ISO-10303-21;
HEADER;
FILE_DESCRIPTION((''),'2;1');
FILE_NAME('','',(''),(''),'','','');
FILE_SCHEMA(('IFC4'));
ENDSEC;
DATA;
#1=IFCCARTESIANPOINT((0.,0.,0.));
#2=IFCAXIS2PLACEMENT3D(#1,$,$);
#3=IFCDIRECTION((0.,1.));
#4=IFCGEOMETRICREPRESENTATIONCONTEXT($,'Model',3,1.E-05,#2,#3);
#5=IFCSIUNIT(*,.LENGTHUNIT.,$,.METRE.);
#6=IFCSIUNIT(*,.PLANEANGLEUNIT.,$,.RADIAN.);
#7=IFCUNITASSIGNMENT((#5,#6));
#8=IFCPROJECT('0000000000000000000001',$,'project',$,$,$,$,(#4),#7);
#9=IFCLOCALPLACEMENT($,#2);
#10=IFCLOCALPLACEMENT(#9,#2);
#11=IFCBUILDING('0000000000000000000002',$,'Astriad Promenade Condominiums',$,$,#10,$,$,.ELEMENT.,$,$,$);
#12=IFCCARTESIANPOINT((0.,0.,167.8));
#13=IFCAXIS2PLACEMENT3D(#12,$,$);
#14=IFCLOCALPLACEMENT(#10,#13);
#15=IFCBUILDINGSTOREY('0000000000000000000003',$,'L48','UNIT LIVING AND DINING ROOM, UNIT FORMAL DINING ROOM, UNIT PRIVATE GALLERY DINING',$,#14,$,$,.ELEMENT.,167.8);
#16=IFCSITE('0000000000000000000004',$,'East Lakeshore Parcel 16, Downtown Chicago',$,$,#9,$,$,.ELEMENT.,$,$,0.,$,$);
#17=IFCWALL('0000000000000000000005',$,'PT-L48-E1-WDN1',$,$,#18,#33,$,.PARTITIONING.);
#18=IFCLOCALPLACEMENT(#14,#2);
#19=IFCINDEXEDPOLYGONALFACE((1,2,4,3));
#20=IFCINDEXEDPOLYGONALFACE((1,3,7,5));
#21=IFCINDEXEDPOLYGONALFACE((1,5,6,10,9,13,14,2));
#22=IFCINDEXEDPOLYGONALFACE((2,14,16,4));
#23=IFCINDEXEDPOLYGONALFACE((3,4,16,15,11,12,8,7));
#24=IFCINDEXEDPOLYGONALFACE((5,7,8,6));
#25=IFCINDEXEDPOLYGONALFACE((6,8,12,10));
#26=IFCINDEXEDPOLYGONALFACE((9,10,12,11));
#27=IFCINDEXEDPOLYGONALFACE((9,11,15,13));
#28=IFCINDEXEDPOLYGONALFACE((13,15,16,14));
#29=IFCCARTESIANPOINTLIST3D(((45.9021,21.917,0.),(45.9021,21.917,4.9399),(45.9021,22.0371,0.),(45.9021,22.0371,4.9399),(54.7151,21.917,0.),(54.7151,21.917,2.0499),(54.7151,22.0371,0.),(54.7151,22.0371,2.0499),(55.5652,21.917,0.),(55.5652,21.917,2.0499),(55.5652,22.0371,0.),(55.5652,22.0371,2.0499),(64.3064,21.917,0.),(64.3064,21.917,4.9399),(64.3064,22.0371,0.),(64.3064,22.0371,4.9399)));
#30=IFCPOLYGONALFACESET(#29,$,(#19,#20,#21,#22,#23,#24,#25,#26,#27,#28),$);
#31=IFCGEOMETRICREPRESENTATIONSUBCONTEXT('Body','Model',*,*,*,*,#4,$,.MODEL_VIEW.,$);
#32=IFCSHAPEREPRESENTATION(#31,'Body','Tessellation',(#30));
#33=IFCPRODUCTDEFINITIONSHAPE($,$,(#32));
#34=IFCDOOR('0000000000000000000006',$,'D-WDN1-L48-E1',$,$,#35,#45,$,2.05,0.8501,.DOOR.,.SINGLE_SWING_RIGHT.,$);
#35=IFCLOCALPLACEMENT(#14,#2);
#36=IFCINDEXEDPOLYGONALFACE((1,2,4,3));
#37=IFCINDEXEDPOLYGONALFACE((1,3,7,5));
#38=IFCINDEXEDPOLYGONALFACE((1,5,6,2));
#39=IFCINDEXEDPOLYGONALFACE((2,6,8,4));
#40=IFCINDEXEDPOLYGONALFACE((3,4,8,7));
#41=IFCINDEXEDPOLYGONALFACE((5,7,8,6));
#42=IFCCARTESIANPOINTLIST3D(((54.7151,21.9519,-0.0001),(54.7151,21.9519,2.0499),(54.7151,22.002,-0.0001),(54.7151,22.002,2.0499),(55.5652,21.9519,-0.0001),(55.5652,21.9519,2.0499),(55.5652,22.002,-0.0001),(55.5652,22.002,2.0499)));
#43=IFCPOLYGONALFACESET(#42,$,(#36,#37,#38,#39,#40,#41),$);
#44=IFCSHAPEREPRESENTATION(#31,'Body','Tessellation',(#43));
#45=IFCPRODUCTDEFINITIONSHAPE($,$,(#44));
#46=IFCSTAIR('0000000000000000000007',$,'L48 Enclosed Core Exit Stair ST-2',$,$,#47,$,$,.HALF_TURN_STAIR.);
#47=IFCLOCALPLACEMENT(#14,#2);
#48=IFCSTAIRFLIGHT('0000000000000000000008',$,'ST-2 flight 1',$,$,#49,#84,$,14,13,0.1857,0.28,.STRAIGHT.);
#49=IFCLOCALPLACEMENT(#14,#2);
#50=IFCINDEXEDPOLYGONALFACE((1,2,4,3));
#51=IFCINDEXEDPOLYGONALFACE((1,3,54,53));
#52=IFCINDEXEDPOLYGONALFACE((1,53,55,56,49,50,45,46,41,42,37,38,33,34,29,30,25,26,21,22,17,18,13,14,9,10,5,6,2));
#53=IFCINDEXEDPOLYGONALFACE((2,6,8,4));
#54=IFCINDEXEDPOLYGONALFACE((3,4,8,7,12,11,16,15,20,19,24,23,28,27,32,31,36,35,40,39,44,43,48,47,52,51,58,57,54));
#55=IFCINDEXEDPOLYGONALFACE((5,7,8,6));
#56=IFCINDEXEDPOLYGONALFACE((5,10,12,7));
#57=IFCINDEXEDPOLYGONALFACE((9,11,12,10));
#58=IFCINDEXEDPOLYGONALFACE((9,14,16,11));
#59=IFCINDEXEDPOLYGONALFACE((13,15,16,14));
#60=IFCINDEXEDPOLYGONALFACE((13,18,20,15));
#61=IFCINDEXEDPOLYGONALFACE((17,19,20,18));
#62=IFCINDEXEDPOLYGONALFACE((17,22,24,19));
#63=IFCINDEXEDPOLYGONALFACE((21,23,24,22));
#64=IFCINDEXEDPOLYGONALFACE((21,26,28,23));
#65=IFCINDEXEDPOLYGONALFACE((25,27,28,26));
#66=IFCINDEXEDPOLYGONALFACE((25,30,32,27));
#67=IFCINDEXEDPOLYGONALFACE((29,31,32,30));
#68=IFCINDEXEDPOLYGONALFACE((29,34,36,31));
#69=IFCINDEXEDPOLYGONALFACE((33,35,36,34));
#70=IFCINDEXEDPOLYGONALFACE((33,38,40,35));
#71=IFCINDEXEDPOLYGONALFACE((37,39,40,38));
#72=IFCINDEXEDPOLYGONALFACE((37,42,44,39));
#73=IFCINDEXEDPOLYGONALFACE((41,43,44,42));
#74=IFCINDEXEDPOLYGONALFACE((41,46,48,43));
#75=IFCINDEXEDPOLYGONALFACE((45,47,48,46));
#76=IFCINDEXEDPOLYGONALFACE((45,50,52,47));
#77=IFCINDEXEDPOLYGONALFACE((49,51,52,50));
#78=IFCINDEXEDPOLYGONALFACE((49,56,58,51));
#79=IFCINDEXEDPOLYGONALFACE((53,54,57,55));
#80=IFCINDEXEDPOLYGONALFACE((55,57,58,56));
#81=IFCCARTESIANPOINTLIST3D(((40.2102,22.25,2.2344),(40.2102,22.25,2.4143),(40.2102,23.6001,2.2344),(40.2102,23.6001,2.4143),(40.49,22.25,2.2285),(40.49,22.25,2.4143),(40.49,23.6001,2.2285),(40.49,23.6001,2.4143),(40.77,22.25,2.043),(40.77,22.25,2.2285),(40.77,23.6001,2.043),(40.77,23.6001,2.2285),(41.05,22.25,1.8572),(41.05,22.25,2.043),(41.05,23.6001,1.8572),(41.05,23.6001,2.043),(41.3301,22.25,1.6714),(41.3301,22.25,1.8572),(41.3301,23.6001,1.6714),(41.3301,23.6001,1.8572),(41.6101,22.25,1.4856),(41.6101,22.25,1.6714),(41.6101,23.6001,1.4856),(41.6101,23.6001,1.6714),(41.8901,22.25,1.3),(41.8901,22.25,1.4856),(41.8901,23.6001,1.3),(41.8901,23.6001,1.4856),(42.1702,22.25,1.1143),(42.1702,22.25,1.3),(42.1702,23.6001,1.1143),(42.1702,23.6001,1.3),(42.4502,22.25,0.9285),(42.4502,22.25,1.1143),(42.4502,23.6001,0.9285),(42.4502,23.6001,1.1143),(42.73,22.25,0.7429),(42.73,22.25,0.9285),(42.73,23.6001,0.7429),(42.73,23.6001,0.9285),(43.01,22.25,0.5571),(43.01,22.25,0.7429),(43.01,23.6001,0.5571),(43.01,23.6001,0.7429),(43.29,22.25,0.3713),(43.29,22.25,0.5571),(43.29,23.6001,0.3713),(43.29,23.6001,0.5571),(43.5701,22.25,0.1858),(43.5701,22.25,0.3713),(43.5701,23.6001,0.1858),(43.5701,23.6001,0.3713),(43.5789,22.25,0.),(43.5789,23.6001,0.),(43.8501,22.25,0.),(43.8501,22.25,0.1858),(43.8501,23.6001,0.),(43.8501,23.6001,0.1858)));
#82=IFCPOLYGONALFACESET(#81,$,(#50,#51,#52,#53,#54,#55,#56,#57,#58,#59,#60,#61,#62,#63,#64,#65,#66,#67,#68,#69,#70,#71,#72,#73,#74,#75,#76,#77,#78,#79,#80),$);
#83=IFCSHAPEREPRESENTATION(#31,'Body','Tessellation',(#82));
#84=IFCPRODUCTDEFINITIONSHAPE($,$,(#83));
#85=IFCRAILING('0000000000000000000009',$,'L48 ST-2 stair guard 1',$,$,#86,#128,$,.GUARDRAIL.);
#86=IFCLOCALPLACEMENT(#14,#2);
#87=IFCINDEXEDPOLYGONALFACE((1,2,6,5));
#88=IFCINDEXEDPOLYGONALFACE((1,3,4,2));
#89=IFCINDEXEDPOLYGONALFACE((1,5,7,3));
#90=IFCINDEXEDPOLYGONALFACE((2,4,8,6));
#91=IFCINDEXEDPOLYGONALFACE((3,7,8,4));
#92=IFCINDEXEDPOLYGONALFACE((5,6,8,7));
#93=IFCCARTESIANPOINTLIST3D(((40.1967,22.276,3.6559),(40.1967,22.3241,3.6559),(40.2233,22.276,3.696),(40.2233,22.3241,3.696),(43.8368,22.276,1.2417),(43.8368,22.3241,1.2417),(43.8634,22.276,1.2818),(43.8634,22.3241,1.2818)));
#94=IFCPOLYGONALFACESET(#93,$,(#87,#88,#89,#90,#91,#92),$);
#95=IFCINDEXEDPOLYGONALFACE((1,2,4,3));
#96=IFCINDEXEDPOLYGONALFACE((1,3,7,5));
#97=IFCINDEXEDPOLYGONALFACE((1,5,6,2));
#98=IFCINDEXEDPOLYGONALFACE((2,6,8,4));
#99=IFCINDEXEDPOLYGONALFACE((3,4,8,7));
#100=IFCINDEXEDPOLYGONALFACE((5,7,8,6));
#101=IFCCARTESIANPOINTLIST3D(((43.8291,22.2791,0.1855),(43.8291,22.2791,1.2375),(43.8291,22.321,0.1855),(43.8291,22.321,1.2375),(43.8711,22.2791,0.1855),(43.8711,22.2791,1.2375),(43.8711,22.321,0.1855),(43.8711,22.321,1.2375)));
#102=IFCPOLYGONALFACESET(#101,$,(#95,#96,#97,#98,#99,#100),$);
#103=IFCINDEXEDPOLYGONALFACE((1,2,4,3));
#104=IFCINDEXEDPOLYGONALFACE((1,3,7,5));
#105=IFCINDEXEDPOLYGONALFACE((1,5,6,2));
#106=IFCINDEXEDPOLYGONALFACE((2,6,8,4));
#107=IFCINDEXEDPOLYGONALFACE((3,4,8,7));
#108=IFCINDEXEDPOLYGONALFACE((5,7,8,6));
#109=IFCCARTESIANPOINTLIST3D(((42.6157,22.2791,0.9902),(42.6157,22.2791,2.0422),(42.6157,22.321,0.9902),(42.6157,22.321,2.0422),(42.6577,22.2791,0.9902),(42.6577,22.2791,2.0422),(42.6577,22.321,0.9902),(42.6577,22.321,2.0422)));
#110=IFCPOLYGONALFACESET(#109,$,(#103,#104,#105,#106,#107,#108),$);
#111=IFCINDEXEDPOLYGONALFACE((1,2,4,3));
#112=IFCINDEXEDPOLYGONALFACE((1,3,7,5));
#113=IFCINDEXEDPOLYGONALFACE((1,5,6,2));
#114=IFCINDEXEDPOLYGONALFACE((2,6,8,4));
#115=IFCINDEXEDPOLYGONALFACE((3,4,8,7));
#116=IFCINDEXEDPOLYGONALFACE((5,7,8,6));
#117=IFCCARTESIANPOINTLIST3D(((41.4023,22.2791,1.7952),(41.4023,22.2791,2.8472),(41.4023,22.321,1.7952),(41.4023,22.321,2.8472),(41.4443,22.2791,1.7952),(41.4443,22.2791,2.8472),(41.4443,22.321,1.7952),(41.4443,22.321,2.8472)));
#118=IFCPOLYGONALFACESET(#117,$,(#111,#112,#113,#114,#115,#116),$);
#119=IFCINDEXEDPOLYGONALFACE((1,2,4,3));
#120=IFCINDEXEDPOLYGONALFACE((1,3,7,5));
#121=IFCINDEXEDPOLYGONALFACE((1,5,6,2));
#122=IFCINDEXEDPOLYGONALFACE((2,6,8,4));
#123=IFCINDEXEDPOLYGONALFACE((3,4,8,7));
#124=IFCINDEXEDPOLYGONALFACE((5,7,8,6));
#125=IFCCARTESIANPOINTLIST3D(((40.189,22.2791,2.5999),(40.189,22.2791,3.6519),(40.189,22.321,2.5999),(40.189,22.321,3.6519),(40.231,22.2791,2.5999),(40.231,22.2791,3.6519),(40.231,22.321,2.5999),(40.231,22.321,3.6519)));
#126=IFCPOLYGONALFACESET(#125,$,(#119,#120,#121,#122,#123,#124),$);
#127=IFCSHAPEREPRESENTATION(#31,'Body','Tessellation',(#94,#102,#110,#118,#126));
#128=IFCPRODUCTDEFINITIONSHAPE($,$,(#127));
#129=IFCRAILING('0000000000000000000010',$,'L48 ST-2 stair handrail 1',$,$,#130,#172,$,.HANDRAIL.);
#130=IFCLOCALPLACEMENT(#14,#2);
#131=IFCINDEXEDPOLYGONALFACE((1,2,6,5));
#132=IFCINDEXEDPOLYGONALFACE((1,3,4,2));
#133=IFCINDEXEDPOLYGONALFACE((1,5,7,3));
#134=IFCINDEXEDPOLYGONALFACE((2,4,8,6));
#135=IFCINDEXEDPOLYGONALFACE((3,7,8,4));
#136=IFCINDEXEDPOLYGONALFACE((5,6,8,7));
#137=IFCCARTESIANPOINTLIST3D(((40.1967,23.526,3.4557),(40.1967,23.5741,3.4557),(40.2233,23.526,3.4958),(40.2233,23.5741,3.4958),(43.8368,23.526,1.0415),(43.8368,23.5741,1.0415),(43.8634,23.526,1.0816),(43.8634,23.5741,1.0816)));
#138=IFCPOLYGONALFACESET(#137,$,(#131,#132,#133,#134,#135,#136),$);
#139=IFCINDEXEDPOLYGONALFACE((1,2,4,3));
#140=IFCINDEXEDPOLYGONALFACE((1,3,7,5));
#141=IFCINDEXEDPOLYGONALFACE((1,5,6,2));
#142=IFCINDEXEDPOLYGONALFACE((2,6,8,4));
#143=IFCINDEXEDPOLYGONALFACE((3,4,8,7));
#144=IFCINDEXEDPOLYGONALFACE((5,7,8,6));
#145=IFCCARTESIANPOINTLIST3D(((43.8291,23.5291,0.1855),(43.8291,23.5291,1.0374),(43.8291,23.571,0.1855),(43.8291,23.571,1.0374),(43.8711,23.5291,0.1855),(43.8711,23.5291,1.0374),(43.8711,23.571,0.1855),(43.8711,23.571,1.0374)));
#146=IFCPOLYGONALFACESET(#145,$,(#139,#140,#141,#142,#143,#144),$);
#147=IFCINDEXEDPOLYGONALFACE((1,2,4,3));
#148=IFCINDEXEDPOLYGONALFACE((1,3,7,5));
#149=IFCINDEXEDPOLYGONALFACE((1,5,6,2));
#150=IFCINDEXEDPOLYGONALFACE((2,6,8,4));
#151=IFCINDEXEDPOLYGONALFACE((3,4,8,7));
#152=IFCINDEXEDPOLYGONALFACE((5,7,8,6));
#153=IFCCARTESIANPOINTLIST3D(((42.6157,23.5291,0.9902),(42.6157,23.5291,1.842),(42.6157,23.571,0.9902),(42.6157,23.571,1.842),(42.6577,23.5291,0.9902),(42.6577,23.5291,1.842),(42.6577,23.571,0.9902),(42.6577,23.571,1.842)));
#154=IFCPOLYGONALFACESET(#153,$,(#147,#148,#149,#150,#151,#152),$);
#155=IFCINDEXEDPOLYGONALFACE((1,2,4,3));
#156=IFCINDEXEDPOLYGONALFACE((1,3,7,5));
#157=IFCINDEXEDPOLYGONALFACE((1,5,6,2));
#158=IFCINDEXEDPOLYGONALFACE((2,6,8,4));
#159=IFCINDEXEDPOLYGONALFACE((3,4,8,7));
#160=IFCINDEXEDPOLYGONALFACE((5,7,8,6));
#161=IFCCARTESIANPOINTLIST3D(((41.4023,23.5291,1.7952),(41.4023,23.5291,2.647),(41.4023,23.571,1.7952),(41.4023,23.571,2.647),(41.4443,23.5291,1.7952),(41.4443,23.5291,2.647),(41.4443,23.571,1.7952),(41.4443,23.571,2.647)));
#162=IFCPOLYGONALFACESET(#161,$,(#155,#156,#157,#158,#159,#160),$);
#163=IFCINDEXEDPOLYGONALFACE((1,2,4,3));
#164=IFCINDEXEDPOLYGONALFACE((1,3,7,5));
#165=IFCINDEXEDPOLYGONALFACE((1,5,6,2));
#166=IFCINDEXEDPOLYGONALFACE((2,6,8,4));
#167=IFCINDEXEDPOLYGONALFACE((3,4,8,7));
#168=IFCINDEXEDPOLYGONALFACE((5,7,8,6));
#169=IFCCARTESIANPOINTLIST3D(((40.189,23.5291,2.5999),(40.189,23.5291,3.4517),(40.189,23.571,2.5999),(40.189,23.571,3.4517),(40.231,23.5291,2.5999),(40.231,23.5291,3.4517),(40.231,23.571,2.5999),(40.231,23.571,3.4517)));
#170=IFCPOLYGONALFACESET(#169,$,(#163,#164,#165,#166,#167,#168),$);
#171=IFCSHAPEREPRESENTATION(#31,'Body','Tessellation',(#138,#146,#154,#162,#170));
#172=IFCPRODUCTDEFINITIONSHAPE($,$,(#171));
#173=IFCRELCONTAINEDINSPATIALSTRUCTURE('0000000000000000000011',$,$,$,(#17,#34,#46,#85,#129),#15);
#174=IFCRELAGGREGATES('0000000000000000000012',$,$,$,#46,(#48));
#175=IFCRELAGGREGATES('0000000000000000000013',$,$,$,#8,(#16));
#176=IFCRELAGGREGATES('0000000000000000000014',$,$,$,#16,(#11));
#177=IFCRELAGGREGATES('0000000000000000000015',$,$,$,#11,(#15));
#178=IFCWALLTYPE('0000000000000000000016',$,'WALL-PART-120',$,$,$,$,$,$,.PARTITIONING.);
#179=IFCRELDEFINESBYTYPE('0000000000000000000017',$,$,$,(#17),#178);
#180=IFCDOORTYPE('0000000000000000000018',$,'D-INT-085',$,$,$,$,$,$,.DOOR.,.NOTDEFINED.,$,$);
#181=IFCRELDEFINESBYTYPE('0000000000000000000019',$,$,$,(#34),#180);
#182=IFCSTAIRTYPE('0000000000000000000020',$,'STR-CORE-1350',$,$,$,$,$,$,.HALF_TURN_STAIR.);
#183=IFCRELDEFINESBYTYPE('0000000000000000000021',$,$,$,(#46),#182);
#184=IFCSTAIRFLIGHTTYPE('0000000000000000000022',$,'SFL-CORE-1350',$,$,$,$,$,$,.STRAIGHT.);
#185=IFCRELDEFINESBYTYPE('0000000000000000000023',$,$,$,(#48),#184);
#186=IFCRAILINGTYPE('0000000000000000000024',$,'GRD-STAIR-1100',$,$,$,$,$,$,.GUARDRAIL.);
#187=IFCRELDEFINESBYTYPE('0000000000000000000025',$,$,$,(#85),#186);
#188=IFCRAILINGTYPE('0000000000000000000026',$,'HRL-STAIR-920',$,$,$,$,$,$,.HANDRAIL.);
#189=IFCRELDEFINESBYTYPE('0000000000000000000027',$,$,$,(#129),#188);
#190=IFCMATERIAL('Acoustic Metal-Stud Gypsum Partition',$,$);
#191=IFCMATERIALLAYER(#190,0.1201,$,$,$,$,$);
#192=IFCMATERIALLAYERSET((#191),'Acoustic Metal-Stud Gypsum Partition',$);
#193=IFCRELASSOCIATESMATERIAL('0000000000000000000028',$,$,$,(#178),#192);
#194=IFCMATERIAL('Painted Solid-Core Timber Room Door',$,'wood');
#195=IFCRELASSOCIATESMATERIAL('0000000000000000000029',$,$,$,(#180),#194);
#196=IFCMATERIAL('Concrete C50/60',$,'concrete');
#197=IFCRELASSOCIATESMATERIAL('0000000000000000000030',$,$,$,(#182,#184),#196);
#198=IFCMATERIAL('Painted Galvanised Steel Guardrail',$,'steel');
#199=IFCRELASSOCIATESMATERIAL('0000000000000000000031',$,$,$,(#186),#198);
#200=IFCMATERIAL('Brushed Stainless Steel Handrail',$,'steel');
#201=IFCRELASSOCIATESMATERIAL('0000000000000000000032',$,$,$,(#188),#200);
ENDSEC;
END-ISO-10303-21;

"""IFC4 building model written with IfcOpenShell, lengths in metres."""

from ifc_helpers import new_model, si_unit, direction, frame, frame_2d, origin, origin_2d, place, context, subcontext, project, spatial, polyline, rectangle, outline, extrude, source, transform, mapped, material, layer, layer_set, type_object, type_shapes, element, fill, aggregate, save


model = new_model("IFC4")

# Units and contexts
model_context = context("Model", 3, precision=1e-05, world=origin(), true_north=direction((0.0, 1.0)))
body_context = subcontext(model_context, "Body", "Model", "MODEL_VIEW")
ifc_project = project(units=[si_unit("LENGTHUNIT", "METRE"), si_unit("PLANEANGLEUNIT", "RADIAN")], contexts=[model_context])

# Site, building, storey
site_placement = place(None, origin())
site = spatial("IfcSite", under=ifc_project, at=site_placement, Name="East Lakeshore Parcel 16, Downtown Chicago", CompositionType="ELEMENT", RefElevation=0.0)
building_placement = place(site_placement, origin())
building = spatial("IfcBuilding", under=site, at=building_placement, Name="Astriad Promenade Condominiums", CompositionType="ELEMENT")
storey_placement = place(building_placement, frame((0.0, 0.0, 167.8)))
storey = spatial("IfcBuildingStorey", under=building, at=storey_placement, Name="L48", Description="UNIT LIVING AND DINING ROOM, UNIT FORMAL DINING ROOM, UNIT PRIVATE GALLERY DINING", CompositionType="ELEMENT", Elevation=167.8)

# Shared definitions
ifc_material_1 = material(Name="Acoustic Metal-Stud Gypsum Partition")
ifc_layer_1 = layer(ifc_material_1, 0.1201)
ifc_layer_set_1 = layer_set([ifc_layer_1], Name="Acoustic Metal-Stud Gypsum Partition")
wall_type_1 = type_object("IfcWallType", Name="WALL-PART-120", PredefinedType="PARTITIONING", material=ifc_layer_set_1)

# Wall, opening, door
ifc_material_2 = material(Name="Painted Solid-Core Timber Room Door", Category="wood")
door_type = type_object("IfcDoorType", Name="D-INT-085", OperationType="NOTDEFINED", PredefinedType="DOOR", material=ifc_material_2)
shared_shape_1 = source(origin(), body_context, "Body", "SweptSolid", [
    extrude(rectangle(XDim=0.8501, YDim=2.05, at=frame_2d((0.425, 1.0249))), frame((0.0, 0.0249, 0.0), z_axis=(0.0, -1.0, 0.0), x_axis=(1.0, 0.0, 0.0)), (0.0, 0.0, 1.0), 0.05),
])
type_shapes(door_type, [shared_shape_1])
wall_1_placement = place(storey_placement, frame((45.9021, 21.9771, 0.0), z_axis=(0.0, 0.0, 1.0), x_axis=(1.0, 0.0, 0.0)))
wall_1 = element("IfcWall", 1, at=wall_1_placement, inside=storey, type_object=wall_type_1, Name="PT-L48-E1-WDN1", PredefinedType="PARTITIONING", context=body_context, shape_type="SweptSolid", body=[
    extrude(rectangle(XDim=18.4043, YDim=0.1201, at=frame_2d((9.2021, 0.0))), origin(), (0.0, 0.0, 1.0), 4.9399),
])
opening_1_placement = place(wall_1_placement, frame((8.813, 0.0, 0.0)))
opening_1 = element("IfcOpeningElement", 2, at=opening_1_placement, cuts=wall_1, PredefinedType="OPENING", context=body_context, shape_type="SweptSolid", body=[
    extrude(rectangle(XDim=0.8501, YDim=2.05, at=frame_2d((0.425, 1.0249))), frame((0.0, 0.0701, 0.0), z_axis=(0.0, -1.0, 0.0), x_axis=(1.0, 0.0, 0.0)), (0.0, 0.0, 1.0), 0.1401),
])
door_1_placement = place(opening_1_placement, origin())
door_1 = element("IfcDoor", 3, at=door_1_placement, inside=storey, type_object=door_type, Name="D-WDN1-L48-E1", OperationType="SINGLE_SWING_RIGHT", OverallHeight=2.05, OverallWidth=0.8501, PredefinedType="DOOR", context=body_context, shape_type="MappedRepresentation", body=[
    mapped(shared_shape_1, transform((0.0, 0.0, 0.0), scale=1.0)),
])
fill(opening_1, door_1)

# Stair, stair flight
ifc_material_3 = material(Name="Concrete C50/60", Category="concrete")
stair_type = type_object("IfcStairType", Name="STR-CORE-1350", PredefinedType="HALF_TURN_STAIR", material=ifc_material_3)
stair_placement = place(storey_placement, origin())
stair = element("IfcStair", 4, at=stair_placement, inside=storey, type_object=stair_type, Name="L48 Enclosed Core Exit Stair ST-2", PredefinedType="HALF_TURN_STAIR")
stair_flight_type = type_object("IfcStairFlightType", Name="SFL-CORE-1350", PredefinedType="STRAIGHT", material=ifc_material_3)
shared_shape_2 = source(origin(), body_context, "Body", "SweptSolid", [
    extrude(outline(polyline([(0.0, 0.0), (0.0, 0.1858), (0.28, 0.1858), (0.28, 0.3713), (0.5601, 0.3713), (0.5601, 0.5571), (0.8401, 0.5571), (0.8401, 0.7429), (1.1201, 0.7429), (1.1201, 0.9285), (1.3999, 0.9285), (1.3999, 1.1143), (1.6799, 1.1143), (1.6799, 1.3), (1.96, 1.3), (1.96, 1.4856), (2.24, 1.4856), (2.24, 1.6714), (2.52, 1.6714), (2.52, 1.8572), (2.8, 1.8572), (2.8, 2.043), (3.0801, 2.043), (3.0801, 2.2285), (3.3601, 2.2285), (3.3601, 2.4143), (3.6399, 2.4143), (3.6399, 2.6001), (3.6399, 2.2344), (0.2712, 0.0), (0.0, 0.0)])), frame((0.0, 0.675, 0.0), z_axis=(0.0, -1.0, 0.0), x_axis=(1.0, 0.0, 0.0)), (0.0, 0.0, 1.0), 1.3501),
])
type_shapes(stair_flight_type, [shared_shape_2])
stair_flight_placement = place(storey_placement, frame((43.8501, 22.925, 0.0), z_axis=(0.0, 0.0, 1.0), x_axis=(-1.0, 0.0, 0.0)))
stair_flight = element("IfcStairFlight", 5, at=stair_flight_placement, type_object=stair_flight_type, Name="ST-2 flight 1", NumberOfRisers=14, NumberOfTreads=13, PredefinedType="STRAIGHT", RiserHeight=0.1857, TreadLength=0.28, context=body_context, shape_type="MappedRepresentation", body=[
    mapped(shared_shape_2, transform((0.0, 0.0, 0.0), scale=1.0)),
])
aggregate(stair, [stair_flight])

# Railings
ifc_material_4 = material(Name="Painted Galvanised Steel Guardrail", Category="steel")
railing_type_1 = type_object("IfcRailingType", Name="GRD-STAIR-1100", PredefinedType="GUARDRAIL", material=ifc_material_4)
shared_shape_3 = source(origin(), body_context, "Body", "SweptSolid", [
    extrude(rectangle(XDim=0.0481, YDim=0.0481, at=origin_2d()), frame((0.0, 0.0, 1.0762), z_axis=(-0.833364, 0.0, 0.552725), x_axis=(0.0, -1.0, 0.0)), (0.0, 0.0, 1.0), 4.3679),
    extrude(rectangle(XDim=0.042, YDim=0.042, at=origin_2d()), origin(), (0.0, 0.0, 1.0), 1.052),
    extrude(rectangle(XDim=0.042, YDim=0.042, at=origin_2d()), frame((-1.2134, 0.0, 0.8047)), (0.0, 0.0, 1.0), 1.052),
    extrude(rectangle(XDim=0.042, YDim=0.042, at=origin_2d()), frame((-2.4268, 0.0, 1.6096)), (0.0, 0.0, 1.0), 1.052),
    extrude(rectangle(XDim=0.042, YDim=0.042, at=origin_2d()), frame((-3.6401, 0.0, 2.4143)), (0.0, 0.0, 1.0), 1.052),
])
railing_1_placement = place(storey_placement, frame((43.8501, 22.3, 0.1855)))
element("IfcRailing", 6, at=railing_1_placement, inside=storey, type_object=railing_type_1, Name="L48 ST-2 stair guard 1", PredefinedType="GUARDRAIL", context=body_context, shape_type="MappedRepresentation", body=[
    mapped(shared_shape_3, transform((0.0, 0.0, 0.0), scale=1.0)),
])
ifc_material_5 = material(Name="Brushed Stainless Steel Handrail", Category="steel")
railing_type_2 = type_object("IfcRailingType", Name="HRL-STAIR-920", PredefinedType="HANDRAIL", material=ifc_material_5)
shared_shape_4 = source(origin(), body_context, "Body", "SweptSolid", [
    extrude(rectangle(XDim=0.0481, YDim=0.0481, at=origin_2d()), frame((0.0, 0.0, 0.876), z_axis=(-0.833364, 0.0, 0.552725), x_axis=(0.0, -1.0, 0.0)), (0.0, 0.0, 1.0), 4.3679),
    extrude(rectangle(XDim=0.042, YDim=0.042, at=origin_2d()), origin(), (0.0, 0.0, 1.0), 0.8518),
    extrude(rectangle(XDim=0.042, YDim=0.042, at=origin_2d()), frame((-1.2134, 0.0, 0.8047)), (0.0, 0.0, 1.0), 0.8518),
    extrude(rectangle(XDim=0.042, YDim=0.042, at=origin_2d()), frame((-2.4268, 0.0, 1.6096)), (0.0, 0.0, 1.0), 0.8518),
    extrude(rectangle(XDim=0.042, YDim=0.042, at=origin_2d()), frame((-3.6401, 0.0, 2.4143)), (0.0, 0.0, 1.0), 0.8518),
])
type_shapes(railing_type_2, [shared_shape_4])
railing_2_placement = place(storey_placement, frame((43.8501, 23.55, 0.1855)))
element("IfcRailing", 7, at=railing_2_placement, inside=storey, type_object=railing_type_2, Name="L48 ST-2 stair handrail 1", PredefinedType="HANDRAIL", context=body_context, shape_type="MappedRepresentation", body=[
    mapped(shared_shape_4, transform((0.0, 0.0, 0.0), scale=1.0)),
])

save(model, "model.ifc")
